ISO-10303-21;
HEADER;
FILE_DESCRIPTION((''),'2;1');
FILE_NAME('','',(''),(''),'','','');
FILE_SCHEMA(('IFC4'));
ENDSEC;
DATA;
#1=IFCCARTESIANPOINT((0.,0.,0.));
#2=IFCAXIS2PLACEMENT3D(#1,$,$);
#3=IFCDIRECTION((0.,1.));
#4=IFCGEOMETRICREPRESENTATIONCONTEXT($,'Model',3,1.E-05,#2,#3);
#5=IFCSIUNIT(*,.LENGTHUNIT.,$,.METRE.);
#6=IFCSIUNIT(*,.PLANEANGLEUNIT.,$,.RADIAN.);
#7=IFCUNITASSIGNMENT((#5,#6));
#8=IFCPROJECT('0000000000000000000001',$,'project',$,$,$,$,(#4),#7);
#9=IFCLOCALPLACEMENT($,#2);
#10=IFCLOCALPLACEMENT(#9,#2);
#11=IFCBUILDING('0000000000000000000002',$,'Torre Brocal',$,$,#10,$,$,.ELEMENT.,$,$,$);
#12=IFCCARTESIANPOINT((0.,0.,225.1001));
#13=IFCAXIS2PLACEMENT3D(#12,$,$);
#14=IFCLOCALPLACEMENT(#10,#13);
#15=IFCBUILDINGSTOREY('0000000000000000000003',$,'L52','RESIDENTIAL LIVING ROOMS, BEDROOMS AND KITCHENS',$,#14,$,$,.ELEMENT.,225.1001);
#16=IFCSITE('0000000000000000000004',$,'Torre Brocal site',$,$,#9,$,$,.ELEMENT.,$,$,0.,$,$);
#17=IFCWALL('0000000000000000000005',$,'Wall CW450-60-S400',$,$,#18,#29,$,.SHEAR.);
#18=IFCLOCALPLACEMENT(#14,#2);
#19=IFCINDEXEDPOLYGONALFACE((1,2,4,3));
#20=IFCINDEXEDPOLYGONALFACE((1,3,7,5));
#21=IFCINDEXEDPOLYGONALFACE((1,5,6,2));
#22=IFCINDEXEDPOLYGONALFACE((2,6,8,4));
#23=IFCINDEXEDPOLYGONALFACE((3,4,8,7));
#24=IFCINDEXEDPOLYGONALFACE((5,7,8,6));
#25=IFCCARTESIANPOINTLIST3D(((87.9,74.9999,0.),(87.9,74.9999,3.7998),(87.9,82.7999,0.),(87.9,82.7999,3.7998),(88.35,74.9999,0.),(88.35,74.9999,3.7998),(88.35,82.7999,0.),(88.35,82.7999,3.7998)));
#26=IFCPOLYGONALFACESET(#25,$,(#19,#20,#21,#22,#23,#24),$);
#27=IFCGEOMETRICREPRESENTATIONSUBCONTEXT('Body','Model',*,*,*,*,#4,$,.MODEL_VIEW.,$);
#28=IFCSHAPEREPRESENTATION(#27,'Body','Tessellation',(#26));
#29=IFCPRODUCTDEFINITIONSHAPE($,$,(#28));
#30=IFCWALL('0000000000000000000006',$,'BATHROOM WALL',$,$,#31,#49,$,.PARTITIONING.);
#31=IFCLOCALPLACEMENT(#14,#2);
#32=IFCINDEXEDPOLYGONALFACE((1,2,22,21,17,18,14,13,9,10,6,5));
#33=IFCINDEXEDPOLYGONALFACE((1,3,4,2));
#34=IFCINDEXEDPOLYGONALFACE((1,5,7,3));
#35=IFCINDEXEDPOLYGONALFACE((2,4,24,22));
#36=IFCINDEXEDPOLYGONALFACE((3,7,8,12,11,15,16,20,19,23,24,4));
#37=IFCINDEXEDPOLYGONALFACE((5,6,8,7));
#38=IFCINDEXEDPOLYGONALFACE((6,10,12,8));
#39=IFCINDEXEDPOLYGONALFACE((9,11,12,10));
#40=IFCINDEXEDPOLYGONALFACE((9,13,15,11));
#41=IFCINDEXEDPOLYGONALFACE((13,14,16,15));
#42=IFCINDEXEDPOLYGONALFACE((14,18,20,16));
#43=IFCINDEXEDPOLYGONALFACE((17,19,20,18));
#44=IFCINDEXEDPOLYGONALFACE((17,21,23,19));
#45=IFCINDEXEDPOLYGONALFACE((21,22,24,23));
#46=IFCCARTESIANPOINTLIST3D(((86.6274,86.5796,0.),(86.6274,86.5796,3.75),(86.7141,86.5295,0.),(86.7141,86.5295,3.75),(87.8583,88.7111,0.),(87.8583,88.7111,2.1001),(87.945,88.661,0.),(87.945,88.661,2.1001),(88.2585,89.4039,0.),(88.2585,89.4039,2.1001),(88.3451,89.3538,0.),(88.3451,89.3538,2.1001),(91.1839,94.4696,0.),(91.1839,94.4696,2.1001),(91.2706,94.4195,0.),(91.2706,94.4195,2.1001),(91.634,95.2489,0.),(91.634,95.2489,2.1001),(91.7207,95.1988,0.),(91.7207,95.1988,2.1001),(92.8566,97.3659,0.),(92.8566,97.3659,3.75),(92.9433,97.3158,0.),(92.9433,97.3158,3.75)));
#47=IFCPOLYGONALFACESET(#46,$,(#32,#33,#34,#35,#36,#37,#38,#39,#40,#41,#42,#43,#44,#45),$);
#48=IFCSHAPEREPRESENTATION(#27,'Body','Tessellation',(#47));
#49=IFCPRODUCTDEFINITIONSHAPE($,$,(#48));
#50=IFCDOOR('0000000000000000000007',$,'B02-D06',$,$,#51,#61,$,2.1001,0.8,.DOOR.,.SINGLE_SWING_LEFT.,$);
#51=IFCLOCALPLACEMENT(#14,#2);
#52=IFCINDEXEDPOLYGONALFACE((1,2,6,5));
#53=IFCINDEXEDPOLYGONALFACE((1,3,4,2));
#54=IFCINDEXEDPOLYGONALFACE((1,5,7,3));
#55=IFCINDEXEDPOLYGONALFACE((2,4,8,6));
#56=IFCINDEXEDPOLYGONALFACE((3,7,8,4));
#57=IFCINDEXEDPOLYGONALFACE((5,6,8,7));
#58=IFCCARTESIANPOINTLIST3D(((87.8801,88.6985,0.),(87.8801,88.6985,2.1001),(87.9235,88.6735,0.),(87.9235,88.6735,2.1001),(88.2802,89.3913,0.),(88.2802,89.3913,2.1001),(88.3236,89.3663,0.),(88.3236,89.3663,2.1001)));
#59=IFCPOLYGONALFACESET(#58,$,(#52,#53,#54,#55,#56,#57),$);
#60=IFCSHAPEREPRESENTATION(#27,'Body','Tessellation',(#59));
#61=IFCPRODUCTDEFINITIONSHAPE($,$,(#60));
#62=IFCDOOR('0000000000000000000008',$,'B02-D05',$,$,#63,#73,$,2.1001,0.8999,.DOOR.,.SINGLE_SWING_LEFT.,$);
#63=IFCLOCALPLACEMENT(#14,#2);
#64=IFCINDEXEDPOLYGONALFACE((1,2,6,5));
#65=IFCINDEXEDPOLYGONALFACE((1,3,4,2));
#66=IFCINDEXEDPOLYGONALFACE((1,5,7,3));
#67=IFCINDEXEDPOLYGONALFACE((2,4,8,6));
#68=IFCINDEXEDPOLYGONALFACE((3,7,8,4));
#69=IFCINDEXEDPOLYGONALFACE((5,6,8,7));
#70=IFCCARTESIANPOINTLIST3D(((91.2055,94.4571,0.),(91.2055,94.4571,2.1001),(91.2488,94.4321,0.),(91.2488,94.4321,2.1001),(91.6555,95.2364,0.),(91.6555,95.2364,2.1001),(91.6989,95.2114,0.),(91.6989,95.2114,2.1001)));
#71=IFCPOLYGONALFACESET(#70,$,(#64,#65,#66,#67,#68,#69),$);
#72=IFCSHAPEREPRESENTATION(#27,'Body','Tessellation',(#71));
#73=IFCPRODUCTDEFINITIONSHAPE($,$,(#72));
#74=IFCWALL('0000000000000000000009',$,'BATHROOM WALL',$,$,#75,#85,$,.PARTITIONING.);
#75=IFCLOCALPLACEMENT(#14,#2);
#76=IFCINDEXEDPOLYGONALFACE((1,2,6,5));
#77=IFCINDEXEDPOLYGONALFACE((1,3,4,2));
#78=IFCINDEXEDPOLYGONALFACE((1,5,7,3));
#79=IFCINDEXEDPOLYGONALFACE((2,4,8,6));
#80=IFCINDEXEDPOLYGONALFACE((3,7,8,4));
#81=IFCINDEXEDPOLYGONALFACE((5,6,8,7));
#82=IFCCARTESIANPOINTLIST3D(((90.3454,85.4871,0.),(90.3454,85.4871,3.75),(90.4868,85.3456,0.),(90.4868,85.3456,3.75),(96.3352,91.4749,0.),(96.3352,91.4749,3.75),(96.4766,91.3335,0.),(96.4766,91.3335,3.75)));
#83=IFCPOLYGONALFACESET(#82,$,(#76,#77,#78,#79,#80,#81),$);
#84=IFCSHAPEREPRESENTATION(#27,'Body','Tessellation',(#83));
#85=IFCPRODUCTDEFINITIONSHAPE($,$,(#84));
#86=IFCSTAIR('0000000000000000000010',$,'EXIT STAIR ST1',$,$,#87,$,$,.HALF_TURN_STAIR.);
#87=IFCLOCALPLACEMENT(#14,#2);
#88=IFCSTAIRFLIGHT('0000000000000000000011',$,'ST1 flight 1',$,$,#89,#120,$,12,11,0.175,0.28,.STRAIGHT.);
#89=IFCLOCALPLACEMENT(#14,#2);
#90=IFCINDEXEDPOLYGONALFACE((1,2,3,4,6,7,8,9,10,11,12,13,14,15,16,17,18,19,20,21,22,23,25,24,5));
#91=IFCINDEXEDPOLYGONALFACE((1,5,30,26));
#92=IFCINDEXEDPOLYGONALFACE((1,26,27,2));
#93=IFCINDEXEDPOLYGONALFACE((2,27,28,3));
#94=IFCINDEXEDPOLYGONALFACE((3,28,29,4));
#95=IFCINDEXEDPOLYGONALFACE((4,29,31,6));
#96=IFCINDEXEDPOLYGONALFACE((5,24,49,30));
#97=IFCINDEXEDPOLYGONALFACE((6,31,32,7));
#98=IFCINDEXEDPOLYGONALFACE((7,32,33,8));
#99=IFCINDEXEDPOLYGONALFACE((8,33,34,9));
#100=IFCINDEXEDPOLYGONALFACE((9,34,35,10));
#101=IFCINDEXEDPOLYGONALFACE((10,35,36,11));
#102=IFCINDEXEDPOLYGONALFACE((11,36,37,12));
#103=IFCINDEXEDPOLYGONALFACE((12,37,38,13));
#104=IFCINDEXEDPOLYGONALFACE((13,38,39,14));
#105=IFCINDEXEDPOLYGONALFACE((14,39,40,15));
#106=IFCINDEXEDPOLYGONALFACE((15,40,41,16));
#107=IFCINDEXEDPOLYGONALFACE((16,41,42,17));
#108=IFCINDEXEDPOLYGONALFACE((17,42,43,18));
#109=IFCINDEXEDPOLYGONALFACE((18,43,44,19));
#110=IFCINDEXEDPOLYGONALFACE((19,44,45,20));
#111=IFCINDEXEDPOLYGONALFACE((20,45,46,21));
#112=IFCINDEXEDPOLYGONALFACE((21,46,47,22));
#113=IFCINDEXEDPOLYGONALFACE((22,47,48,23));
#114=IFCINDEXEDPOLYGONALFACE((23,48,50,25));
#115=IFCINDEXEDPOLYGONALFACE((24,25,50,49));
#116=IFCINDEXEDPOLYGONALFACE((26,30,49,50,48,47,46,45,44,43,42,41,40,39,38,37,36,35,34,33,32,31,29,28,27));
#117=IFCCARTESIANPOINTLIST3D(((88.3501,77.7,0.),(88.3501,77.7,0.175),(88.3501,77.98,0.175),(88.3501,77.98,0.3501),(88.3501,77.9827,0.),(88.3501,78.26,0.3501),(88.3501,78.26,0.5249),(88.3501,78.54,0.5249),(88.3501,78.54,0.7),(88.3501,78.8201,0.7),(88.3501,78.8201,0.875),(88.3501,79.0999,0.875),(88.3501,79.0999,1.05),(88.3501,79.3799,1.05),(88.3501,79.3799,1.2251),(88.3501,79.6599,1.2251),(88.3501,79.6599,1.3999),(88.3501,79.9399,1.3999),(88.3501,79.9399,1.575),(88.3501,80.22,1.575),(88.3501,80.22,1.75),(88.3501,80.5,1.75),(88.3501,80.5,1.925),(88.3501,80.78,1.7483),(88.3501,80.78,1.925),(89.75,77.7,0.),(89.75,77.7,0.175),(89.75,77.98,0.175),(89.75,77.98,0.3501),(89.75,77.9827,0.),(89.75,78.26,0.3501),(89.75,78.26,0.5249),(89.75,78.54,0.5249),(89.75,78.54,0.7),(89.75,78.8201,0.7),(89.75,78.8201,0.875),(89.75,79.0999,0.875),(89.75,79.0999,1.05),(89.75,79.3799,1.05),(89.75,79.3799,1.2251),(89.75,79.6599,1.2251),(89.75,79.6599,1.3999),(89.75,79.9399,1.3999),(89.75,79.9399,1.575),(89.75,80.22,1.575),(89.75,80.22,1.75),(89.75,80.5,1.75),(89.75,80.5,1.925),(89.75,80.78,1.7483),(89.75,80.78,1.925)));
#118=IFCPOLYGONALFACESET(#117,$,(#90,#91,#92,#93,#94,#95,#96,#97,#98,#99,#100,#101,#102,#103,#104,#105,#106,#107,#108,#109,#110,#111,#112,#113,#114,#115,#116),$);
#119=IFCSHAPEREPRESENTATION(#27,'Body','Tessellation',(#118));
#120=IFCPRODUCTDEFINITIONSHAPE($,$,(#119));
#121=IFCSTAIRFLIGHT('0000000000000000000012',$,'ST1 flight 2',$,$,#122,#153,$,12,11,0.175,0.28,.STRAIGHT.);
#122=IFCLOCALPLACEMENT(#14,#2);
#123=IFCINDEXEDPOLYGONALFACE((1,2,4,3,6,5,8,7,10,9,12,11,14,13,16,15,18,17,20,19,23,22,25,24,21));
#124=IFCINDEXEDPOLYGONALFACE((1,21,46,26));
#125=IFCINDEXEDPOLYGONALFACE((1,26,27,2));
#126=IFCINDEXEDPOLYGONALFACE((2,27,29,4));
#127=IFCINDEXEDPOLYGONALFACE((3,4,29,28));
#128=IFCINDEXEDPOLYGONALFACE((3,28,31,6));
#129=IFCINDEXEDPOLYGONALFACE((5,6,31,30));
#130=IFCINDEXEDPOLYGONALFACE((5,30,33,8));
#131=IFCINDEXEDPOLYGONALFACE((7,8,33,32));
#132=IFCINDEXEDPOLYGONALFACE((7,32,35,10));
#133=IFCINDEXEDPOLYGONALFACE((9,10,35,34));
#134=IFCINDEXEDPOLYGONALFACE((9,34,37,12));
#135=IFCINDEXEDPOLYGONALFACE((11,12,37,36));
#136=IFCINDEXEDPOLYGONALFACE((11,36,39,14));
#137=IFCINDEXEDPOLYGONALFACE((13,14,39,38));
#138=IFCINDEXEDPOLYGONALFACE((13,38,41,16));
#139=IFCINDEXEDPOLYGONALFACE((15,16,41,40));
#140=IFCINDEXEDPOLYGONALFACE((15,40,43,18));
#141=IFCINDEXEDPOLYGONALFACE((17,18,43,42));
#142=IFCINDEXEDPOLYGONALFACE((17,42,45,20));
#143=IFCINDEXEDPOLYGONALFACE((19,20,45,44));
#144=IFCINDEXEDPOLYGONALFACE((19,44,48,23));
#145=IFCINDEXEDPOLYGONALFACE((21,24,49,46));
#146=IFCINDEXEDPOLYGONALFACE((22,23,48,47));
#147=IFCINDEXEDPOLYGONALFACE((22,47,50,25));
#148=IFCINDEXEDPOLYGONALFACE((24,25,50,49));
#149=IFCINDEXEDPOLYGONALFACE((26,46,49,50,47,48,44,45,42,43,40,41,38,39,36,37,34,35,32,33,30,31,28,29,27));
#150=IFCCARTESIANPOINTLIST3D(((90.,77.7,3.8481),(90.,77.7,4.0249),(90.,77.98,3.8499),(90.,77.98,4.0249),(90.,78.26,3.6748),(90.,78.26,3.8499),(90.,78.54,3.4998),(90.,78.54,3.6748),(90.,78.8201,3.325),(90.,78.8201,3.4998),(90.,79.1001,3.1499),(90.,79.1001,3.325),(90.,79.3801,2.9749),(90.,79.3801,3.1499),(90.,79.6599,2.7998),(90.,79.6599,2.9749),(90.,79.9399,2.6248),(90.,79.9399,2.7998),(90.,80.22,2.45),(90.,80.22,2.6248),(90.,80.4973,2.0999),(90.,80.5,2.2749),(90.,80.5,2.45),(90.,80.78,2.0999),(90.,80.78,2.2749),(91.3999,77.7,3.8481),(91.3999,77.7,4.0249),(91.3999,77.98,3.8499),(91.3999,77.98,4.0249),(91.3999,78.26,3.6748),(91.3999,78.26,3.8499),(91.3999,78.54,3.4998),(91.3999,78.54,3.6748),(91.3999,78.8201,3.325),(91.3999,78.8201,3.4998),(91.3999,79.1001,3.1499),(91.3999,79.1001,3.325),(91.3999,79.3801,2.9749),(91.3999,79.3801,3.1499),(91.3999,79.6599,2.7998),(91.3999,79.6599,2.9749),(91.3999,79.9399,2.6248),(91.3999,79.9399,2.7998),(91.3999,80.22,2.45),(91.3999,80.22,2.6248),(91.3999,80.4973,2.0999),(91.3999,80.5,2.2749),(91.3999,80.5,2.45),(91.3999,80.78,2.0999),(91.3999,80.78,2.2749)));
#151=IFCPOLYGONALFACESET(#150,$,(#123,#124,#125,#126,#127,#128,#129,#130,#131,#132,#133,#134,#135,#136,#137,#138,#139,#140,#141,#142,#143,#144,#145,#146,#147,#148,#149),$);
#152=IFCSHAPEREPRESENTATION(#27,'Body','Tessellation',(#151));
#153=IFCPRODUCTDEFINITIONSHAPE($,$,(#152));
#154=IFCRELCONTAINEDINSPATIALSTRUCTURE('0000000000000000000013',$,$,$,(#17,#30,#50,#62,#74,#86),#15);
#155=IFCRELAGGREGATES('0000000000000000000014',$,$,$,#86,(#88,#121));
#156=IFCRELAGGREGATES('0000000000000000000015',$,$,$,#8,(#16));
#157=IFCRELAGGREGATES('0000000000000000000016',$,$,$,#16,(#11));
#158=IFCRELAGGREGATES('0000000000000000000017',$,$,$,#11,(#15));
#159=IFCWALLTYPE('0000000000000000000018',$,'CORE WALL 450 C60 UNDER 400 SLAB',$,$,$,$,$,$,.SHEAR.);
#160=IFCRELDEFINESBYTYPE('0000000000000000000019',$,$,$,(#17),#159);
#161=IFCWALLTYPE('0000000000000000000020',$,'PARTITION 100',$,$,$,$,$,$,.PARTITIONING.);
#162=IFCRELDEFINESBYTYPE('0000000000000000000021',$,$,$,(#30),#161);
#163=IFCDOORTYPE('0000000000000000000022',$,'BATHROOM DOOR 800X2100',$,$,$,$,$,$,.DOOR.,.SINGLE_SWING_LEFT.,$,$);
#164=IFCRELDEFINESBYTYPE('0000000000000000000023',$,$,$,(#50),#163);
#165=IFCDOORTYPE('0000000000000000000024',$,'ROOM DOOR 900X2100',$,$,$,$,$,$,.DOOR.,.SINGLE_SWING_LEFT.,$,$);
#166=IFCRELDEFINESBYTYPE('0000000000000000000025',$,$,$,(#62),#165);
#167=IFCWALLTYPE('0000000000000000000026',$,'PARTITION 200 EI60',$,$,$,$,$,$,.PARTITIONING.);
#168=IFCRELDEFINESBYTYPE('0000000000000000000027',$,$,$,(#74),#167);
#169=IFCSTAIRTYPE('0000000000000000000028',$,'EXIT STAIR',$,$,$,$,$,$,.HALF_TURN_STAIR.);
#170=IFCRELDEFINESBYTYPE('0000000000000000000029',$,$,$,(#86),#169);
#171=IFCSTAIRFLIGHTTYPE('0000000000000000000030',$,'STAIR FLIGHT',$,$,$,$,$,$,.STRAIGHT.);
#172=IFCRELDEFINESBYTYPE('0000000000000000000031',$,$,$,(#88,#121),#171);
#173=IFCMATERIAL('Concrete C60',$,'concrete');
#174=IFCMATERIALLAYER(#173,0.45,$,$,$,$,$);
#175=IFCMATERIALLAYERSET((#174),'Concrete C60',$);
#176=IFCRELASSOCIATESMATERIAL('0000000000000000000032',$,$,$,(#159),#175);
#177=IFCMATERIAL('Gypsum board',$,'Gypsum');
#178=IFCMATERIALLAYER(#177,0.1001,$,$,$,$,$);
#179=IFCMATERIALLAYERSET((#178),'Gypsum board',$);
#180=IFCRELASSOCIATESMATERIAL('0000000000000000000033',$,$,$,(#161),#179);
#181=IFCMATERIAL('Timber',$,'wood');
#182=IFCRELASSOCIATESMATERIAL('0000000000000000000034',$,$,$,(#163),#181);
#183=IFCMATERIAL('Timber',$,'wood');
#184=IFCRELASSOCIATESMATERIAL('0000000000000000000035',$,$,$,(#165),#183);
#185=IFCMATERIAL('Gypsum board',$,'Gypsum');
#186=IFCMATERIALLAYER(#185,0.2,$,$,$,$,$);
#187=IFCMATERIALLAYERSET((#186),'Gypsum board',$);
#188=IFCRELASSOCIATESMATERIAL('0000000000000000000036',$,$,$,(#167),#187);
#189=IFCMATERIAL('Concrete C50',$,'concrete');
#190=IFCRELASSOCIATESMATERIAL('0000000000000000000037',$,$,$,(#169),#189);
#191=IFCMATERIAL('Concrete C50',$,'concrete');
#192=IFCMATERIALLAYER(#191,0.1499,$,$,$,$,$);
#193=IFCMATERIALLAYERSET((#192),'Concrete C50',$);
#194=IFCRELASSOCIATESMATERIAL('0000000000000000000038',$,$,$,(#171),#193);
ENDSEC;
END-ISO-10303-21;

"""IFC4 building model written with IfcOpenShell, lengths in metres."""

from ifc_helpers import new_model, si_unit, direction, frame, frame_2d, origin, place, context, subcontext, project, spatial, polyline, rectangle, outline, extrude, material, layer, layer_set, type_object, element, fill, aggregate, save


model = new_model("IFC4")

# Units and contexts
model_context = context("Model", 3, precision=1e-05, world=origin(), true_north=direction((0.0, 1.0)))
body_context = subcontext(model_context, "Body", "Model", "MODEL_VIEW")
ifc_project = project(units=[si_unit("LENGTHUNIT", "METRE"), si_unit("PLANEANGLEUNIT", "RADIAN")], contexts=[model_context])

# Site, building, storey
site_placement = place(None, origin())
site = spatial("IfcSite", under=ifc_project, at=site_placement, Name="Torre Brocal site", CompositionType="ELEMENT", RefElevation=0.0)
building_placement = place(site_placement, origin())
building = spatial("IfcBuilding", under=site, at=building_placement, Name="Torre Brocal", CompositionType="ELEMENT")
storey_placement = place(building_placement, frame((0.0, 0.0, 225.1001)))
storey = spatial("IfcBuildingStorey", under=building, at=storey_placement, Name="L52", Description="RESIDENTIAL LIVING ROOMS, BEDROOMS AND KITCHENS", CompositionType="ELEMENT", Elevation=225.1001)

# Wall
ifc_material_1 = material(Name="Concrete C60", Category="concrete")
ifc_layer_1 = layer(ifc_material_1, 0.45)
ifc_layer_set_1 = layer_set([ifc_layer_1], Name="Concrete C60")
wall_type_1 = type_object("IfcWallType", Name="CORE WALL 450 C60 UNDER 400 SLAB", PredefinedType="SHEAR", material=ifc_layer_set_1)
wall_1_placement = place(storey_placement, frame((88.125, 75.0, 0.0), z_axis=(0.0, 0.0, 1.0), x_axis=(0.0, 1.0, 0.0)))
element("IfcWall", 1, at=wall_1_placement, inside=storey, type_object=wall_type_1, Name="Wall CW450-60-S400", PredefinedType="SHEAR", context=body_context, shape_type="SweptSolid", body=[
    extrude(rectangle(XDim=7.8, YDim=0.45, at=frame_2d((3.8999, 0.0))), origin(), (0.0, 0.0, 1.0), 3.7998),
])

# Wall, openings, doors
ifc_material_2 = material(Name="Gypsum board", Category="Gypsum")
ifc_layer_2 = layer(ifc_material_2, 0.1001)
ifc_layer_set_2 = layer_set([ifc_layer_2], Name="Gypsum board")
wall_type_2 = type_object("IfcWallType", Name="PARTITION 100", PredefinedType="PARTITIONING", material=ifc_layer_set_2)
wall_2_placement = place(storey_placement, frame((86.6707, 86.5544, 0.0), z_axis=(0.0, 0.0, 1.0), x_axis=(0.500104, 0.865965, 0.0)))
wall_2 = element("IfcWall", 2, at=wall_2_placement, inside=storey, type_object=wall_type_2, Name="BATHROOM WALL", PredefinedType="PARTITIONING", context=body_context, shape_type="SweptSolid", body=[
    extrude(rectangle(XDim=12.4558, YDim=0.1001, at=frame_2d((6.228, 0.0))), origin(), (0.0, 0.0, 1.0), 3.75),
])
opening_1_placement = place(wall_2_placement, frame((9.1113, 0.0, 0.0)))
opening_1 = element("IfcOpeningElement", 3, at=opening_1_placement, cuts=wall_2, PredefinedType="OPENING", context=body_context, shape_type="SweptSolid", body=[
    extrude(rectangle(XDim=0.8999, YDim=2.1001, at=frame_2d((0.45, 1.05))), frame((0.0, 0.0601, 0.0), z_axis=(0.0, -1.0, 0.0), x_axis=(1.0, 0.0, 0.0)), (0.0, 0.0, 1.0), 0.1201),
])
opening_2_placement = place(wall_2_placement, frame((2.4617, 0.0, 0.0)))
opening_2 = element("IfcOpeningElement", 4, at=opening_2_placement, cuts=wall_2, PredefinedType="OPENING", context=body_context, shape_type="SweptSolid", body=[
    extrude(rectangle(XDim=0.8, YDim=2.1001, at=frame_2d((0.3999, 1.05))), frame((0.0, 0.0601, 0.0), z_axis=(0.0, -1.0, 0.0), x_axis=(1.0, 0.0, 0.0)), (0.0, 0.0, 1.0), 0.1201),
])
ifc_material_3 = material(Name="Timber", Category="wood")
door_type_1 = type_object("IfcDoorType", Name="BATHROOM DOOR 800X2100", OperationType="SINGLE_SWING_LEFT", PredefinedType="DOOR", material=ifc_material_3)
door_1_placement = place(opening_2_placement, origin())
door_1 = element("IfcDoor", 5, at=door_1_placement, inside=storey, type_object=door_type_1, Name="B02-D06", OperationType="SINGLE_SWING_LEFT", OverallHeight=2.1001, OverallWidth=0.8, PredefinedType="DOOR", context=body_context, shape_type="SweptSolid", body=[
    extrude(rectangle(XDim=0.8, YDim=2.1001, at=frame_2d((0.3999, 1.05))), frame((0.0, 0.0249, 0.0), z_axis=(0.0, -1.0, 0.0), x_axis=(1.0, 0.0, 0.0)), (0.0, 0.0, 1.0), 0.05),
])
fill(opening_2, door_1)
ifc_material_4 = material(Name="Timber", Category="wood")
door_type_2 = type_object("IfcDoorType", Name="ROOM DOOR 900X2100", OperationType="SINGLE_SWING_LEFT", PredefinedType="DOOR", material=ifc_material_4)
door_2_placement = place(opening_1_placement, frame((0.8999, 0.0, 0.0), z_axis=(0.0, 0.0, 1.0), x_axis=(-1.0, 0.0, 0.0)))
door_2 = element("IfcDoor", 6, at=door_2_placement, inside=storey, type_object=door_type_2, Name="B02-D05", OperationType="SINGLE_SWING_LEFT", OverallHeight=2.1001, OverallWidth=0.8999, PredefinedType="DOOR", context=body_context, shape_type="SweptSolid", body=[
    extrude(rectangle(XDim=0.8999, YDim=2.1001, at=frame_2d((0.45, 1.05))), frame((0.0, 0.0249, 0.0), z_axis=(0.0, -1.0, 0.0), x_axis=(1.0, 0.0, 0.0)), (0.0, 0.0, 1.0), 0.05),
])
fill(opening_1, door_2)

# Wall
ifc_material_5 = material(Name="Gypsum board", Category="Gypsum")
ifc_layer_3 = layer(ifc_material_5, 0.2)
ifc_layer_set_3 = layer_set([ifc_layer_3], Name="Gypsum board")
wall_type_3 = type_object("IfcWallType", Name="PARTITION 200 EI60", PredefinedType="PARTITIONING", material=ifc_layer_set_3)
wall_3_placement = place(storey_placement, frame((90.416, 85.4163, 0.0), z_axis=(0.0, 0.0, 1.0), x_axis=(0.707222, 0.706991, 0.0)))
element("IfcWall", 7, at=wall_3_placement, inside=storey, type_object=wall_type_3, Name="BATHROOM WALL", PredefinedType="PARTITIONING", context=body_context, shape_type="SweptSolid", body=[
    extrude(rectangle(XDim=8.4695, YDim=0.2, at=frame_2d((4.2349, 0.0))), origin(), (0.0, 0.0, 1.0), 3.75),
])

# Stair, stair flights
ifc_material_6 = material(Name="Concrete C50", Category="concrete")
stair_type = type_object("IfcStairType", Name="EXIT STAIR", PredefinedType="HALF_TURN_STAIR", material=ifc_material_6)
stair_placement = place(storey_placement, origin())
stair = element("IfcStair", 8, at=stair_placement, inside=storey, type_object=stair_type, Name="EXIT STAIR ST1", PredefinedType="HALF_TURN_STAIR")
ifc_material_7 = material(Name="Concrete C50", Category="concrete")
ifc_layer_4 = layer(ifc_material_7, 0.1499)
ifc_layer_set_4 = layer_set([ifc_layer_4], Name="Concrete C50")
stair_flight_type = type_object("IfcStairFlightType", Name="STAIR FLIGHT", PredefinedType="STRAIGHT", material=ifc_layer_set_4)
stair_flight_1_placement = place(storey_placement, frame((89.05, 77.7, 0.0), z_axis=(0.0, 0.0, 1.0), x_axis=(0.0, 1.0, 0.0)))
stair_flight_1 = element("IfcStairFlight", 9, at=stair_flight_1_placement, type_object=stair_flight_type, Name="ST1 flight 1", NumberOfRisers=12, NumberOfTreads=11, PredefinedType="STRAIGHT", RiserHeight=0.175, TreadLength=0.28, context=body_context, shape_type="SweptSolid", body=[
    extrude(outline(polyline([(0.0, 0.0), (0.0, 0.175), (0.28, 0.175), (0.28, 0.3501), (0.5601, 0.3501), (0.5601, 0.5249), (0.8401, 0.5249), (0.8401, 0.7), (1.1201, 0.7), (1.1201, 0.875), (1.3999, 0.875), (1.3999, 1.05), (1.6799, 1.05), (1.6799, 1.2251), (1.96, 1.2251), (1.96, 1.3999), (2.24, 1.3999), (2.24, 1.575), (2.52, 1.575), (2.52, 1.75), (2.8, 1.75), (2.8, 1.925), (3.0801, 1.925), (3.0801, 2.1001), (3.0801, 1.7483), (0.2827, 0.0), (0.0, 0.0)])), frame((0.0, 0.7, 0.0), z_axis=(0.0, -1.0, 0.0), x_axis=(1.0, 0.0, 0.0)), (0.0, 0.0, 1.0), 1.3999),
])
stair_flight_2_placement = place(storey_placement, frame((90.7, 80.78, 2.0999), z_axis=(0.0, 0.0, 1.0), x_axis=(0.0, -1.0, 0.0)))
stair_flight_2 = element("IfcStairFlight", 10, at=stair_flight_2_placement, type_object=stair_flight_type, Name="ST1 flight 2", NumberOfRisers=12, NumberOfTreads=11, PredefinedType="STRAIGHT", RiserHeight=0.175, TreadLength=0.28, context=body_context, shape_type="SweptSolid", body=[
    extrude(outline(polyline([(0.0, 0.0), (0.0, 0.175), (0.28, 0.175), (0.28, 0.3501), (0.5601, 0.3501), (0.5601, 0.5249), (0.8401, 0.5249), (0.8401, 0.7), (1.1201, 0.7), (1.1201, 0.875), (1.3999, 0.875), (1.3999, 1.05), (1.6799, 1.05), (1.6799, 1.2251), (1.96, 1.2251), (1.96, 1.3999), (2.24, 1.3999), (2.24, 1.575), (2.52, 1.575), (2.52, 1.75), (2.8, 1.75), (2.8, 1.925), (3.0801, 1.925), (3.0801, 2.1001), (3.0801, 1.7483), (0.2827, 0.0), (0.0, 0.0)])), frame((0.0, 0.7, 0.0), z_axis=(0.0, -1.0, 0.0), x_axis=(1.0, 0.0, 0.0)), (0.0, 0.0, 1.0), 1.3999),
])
aggregate(stair, [stair_flight_1, stair_flight_2])

save(model, "model.ifc")
